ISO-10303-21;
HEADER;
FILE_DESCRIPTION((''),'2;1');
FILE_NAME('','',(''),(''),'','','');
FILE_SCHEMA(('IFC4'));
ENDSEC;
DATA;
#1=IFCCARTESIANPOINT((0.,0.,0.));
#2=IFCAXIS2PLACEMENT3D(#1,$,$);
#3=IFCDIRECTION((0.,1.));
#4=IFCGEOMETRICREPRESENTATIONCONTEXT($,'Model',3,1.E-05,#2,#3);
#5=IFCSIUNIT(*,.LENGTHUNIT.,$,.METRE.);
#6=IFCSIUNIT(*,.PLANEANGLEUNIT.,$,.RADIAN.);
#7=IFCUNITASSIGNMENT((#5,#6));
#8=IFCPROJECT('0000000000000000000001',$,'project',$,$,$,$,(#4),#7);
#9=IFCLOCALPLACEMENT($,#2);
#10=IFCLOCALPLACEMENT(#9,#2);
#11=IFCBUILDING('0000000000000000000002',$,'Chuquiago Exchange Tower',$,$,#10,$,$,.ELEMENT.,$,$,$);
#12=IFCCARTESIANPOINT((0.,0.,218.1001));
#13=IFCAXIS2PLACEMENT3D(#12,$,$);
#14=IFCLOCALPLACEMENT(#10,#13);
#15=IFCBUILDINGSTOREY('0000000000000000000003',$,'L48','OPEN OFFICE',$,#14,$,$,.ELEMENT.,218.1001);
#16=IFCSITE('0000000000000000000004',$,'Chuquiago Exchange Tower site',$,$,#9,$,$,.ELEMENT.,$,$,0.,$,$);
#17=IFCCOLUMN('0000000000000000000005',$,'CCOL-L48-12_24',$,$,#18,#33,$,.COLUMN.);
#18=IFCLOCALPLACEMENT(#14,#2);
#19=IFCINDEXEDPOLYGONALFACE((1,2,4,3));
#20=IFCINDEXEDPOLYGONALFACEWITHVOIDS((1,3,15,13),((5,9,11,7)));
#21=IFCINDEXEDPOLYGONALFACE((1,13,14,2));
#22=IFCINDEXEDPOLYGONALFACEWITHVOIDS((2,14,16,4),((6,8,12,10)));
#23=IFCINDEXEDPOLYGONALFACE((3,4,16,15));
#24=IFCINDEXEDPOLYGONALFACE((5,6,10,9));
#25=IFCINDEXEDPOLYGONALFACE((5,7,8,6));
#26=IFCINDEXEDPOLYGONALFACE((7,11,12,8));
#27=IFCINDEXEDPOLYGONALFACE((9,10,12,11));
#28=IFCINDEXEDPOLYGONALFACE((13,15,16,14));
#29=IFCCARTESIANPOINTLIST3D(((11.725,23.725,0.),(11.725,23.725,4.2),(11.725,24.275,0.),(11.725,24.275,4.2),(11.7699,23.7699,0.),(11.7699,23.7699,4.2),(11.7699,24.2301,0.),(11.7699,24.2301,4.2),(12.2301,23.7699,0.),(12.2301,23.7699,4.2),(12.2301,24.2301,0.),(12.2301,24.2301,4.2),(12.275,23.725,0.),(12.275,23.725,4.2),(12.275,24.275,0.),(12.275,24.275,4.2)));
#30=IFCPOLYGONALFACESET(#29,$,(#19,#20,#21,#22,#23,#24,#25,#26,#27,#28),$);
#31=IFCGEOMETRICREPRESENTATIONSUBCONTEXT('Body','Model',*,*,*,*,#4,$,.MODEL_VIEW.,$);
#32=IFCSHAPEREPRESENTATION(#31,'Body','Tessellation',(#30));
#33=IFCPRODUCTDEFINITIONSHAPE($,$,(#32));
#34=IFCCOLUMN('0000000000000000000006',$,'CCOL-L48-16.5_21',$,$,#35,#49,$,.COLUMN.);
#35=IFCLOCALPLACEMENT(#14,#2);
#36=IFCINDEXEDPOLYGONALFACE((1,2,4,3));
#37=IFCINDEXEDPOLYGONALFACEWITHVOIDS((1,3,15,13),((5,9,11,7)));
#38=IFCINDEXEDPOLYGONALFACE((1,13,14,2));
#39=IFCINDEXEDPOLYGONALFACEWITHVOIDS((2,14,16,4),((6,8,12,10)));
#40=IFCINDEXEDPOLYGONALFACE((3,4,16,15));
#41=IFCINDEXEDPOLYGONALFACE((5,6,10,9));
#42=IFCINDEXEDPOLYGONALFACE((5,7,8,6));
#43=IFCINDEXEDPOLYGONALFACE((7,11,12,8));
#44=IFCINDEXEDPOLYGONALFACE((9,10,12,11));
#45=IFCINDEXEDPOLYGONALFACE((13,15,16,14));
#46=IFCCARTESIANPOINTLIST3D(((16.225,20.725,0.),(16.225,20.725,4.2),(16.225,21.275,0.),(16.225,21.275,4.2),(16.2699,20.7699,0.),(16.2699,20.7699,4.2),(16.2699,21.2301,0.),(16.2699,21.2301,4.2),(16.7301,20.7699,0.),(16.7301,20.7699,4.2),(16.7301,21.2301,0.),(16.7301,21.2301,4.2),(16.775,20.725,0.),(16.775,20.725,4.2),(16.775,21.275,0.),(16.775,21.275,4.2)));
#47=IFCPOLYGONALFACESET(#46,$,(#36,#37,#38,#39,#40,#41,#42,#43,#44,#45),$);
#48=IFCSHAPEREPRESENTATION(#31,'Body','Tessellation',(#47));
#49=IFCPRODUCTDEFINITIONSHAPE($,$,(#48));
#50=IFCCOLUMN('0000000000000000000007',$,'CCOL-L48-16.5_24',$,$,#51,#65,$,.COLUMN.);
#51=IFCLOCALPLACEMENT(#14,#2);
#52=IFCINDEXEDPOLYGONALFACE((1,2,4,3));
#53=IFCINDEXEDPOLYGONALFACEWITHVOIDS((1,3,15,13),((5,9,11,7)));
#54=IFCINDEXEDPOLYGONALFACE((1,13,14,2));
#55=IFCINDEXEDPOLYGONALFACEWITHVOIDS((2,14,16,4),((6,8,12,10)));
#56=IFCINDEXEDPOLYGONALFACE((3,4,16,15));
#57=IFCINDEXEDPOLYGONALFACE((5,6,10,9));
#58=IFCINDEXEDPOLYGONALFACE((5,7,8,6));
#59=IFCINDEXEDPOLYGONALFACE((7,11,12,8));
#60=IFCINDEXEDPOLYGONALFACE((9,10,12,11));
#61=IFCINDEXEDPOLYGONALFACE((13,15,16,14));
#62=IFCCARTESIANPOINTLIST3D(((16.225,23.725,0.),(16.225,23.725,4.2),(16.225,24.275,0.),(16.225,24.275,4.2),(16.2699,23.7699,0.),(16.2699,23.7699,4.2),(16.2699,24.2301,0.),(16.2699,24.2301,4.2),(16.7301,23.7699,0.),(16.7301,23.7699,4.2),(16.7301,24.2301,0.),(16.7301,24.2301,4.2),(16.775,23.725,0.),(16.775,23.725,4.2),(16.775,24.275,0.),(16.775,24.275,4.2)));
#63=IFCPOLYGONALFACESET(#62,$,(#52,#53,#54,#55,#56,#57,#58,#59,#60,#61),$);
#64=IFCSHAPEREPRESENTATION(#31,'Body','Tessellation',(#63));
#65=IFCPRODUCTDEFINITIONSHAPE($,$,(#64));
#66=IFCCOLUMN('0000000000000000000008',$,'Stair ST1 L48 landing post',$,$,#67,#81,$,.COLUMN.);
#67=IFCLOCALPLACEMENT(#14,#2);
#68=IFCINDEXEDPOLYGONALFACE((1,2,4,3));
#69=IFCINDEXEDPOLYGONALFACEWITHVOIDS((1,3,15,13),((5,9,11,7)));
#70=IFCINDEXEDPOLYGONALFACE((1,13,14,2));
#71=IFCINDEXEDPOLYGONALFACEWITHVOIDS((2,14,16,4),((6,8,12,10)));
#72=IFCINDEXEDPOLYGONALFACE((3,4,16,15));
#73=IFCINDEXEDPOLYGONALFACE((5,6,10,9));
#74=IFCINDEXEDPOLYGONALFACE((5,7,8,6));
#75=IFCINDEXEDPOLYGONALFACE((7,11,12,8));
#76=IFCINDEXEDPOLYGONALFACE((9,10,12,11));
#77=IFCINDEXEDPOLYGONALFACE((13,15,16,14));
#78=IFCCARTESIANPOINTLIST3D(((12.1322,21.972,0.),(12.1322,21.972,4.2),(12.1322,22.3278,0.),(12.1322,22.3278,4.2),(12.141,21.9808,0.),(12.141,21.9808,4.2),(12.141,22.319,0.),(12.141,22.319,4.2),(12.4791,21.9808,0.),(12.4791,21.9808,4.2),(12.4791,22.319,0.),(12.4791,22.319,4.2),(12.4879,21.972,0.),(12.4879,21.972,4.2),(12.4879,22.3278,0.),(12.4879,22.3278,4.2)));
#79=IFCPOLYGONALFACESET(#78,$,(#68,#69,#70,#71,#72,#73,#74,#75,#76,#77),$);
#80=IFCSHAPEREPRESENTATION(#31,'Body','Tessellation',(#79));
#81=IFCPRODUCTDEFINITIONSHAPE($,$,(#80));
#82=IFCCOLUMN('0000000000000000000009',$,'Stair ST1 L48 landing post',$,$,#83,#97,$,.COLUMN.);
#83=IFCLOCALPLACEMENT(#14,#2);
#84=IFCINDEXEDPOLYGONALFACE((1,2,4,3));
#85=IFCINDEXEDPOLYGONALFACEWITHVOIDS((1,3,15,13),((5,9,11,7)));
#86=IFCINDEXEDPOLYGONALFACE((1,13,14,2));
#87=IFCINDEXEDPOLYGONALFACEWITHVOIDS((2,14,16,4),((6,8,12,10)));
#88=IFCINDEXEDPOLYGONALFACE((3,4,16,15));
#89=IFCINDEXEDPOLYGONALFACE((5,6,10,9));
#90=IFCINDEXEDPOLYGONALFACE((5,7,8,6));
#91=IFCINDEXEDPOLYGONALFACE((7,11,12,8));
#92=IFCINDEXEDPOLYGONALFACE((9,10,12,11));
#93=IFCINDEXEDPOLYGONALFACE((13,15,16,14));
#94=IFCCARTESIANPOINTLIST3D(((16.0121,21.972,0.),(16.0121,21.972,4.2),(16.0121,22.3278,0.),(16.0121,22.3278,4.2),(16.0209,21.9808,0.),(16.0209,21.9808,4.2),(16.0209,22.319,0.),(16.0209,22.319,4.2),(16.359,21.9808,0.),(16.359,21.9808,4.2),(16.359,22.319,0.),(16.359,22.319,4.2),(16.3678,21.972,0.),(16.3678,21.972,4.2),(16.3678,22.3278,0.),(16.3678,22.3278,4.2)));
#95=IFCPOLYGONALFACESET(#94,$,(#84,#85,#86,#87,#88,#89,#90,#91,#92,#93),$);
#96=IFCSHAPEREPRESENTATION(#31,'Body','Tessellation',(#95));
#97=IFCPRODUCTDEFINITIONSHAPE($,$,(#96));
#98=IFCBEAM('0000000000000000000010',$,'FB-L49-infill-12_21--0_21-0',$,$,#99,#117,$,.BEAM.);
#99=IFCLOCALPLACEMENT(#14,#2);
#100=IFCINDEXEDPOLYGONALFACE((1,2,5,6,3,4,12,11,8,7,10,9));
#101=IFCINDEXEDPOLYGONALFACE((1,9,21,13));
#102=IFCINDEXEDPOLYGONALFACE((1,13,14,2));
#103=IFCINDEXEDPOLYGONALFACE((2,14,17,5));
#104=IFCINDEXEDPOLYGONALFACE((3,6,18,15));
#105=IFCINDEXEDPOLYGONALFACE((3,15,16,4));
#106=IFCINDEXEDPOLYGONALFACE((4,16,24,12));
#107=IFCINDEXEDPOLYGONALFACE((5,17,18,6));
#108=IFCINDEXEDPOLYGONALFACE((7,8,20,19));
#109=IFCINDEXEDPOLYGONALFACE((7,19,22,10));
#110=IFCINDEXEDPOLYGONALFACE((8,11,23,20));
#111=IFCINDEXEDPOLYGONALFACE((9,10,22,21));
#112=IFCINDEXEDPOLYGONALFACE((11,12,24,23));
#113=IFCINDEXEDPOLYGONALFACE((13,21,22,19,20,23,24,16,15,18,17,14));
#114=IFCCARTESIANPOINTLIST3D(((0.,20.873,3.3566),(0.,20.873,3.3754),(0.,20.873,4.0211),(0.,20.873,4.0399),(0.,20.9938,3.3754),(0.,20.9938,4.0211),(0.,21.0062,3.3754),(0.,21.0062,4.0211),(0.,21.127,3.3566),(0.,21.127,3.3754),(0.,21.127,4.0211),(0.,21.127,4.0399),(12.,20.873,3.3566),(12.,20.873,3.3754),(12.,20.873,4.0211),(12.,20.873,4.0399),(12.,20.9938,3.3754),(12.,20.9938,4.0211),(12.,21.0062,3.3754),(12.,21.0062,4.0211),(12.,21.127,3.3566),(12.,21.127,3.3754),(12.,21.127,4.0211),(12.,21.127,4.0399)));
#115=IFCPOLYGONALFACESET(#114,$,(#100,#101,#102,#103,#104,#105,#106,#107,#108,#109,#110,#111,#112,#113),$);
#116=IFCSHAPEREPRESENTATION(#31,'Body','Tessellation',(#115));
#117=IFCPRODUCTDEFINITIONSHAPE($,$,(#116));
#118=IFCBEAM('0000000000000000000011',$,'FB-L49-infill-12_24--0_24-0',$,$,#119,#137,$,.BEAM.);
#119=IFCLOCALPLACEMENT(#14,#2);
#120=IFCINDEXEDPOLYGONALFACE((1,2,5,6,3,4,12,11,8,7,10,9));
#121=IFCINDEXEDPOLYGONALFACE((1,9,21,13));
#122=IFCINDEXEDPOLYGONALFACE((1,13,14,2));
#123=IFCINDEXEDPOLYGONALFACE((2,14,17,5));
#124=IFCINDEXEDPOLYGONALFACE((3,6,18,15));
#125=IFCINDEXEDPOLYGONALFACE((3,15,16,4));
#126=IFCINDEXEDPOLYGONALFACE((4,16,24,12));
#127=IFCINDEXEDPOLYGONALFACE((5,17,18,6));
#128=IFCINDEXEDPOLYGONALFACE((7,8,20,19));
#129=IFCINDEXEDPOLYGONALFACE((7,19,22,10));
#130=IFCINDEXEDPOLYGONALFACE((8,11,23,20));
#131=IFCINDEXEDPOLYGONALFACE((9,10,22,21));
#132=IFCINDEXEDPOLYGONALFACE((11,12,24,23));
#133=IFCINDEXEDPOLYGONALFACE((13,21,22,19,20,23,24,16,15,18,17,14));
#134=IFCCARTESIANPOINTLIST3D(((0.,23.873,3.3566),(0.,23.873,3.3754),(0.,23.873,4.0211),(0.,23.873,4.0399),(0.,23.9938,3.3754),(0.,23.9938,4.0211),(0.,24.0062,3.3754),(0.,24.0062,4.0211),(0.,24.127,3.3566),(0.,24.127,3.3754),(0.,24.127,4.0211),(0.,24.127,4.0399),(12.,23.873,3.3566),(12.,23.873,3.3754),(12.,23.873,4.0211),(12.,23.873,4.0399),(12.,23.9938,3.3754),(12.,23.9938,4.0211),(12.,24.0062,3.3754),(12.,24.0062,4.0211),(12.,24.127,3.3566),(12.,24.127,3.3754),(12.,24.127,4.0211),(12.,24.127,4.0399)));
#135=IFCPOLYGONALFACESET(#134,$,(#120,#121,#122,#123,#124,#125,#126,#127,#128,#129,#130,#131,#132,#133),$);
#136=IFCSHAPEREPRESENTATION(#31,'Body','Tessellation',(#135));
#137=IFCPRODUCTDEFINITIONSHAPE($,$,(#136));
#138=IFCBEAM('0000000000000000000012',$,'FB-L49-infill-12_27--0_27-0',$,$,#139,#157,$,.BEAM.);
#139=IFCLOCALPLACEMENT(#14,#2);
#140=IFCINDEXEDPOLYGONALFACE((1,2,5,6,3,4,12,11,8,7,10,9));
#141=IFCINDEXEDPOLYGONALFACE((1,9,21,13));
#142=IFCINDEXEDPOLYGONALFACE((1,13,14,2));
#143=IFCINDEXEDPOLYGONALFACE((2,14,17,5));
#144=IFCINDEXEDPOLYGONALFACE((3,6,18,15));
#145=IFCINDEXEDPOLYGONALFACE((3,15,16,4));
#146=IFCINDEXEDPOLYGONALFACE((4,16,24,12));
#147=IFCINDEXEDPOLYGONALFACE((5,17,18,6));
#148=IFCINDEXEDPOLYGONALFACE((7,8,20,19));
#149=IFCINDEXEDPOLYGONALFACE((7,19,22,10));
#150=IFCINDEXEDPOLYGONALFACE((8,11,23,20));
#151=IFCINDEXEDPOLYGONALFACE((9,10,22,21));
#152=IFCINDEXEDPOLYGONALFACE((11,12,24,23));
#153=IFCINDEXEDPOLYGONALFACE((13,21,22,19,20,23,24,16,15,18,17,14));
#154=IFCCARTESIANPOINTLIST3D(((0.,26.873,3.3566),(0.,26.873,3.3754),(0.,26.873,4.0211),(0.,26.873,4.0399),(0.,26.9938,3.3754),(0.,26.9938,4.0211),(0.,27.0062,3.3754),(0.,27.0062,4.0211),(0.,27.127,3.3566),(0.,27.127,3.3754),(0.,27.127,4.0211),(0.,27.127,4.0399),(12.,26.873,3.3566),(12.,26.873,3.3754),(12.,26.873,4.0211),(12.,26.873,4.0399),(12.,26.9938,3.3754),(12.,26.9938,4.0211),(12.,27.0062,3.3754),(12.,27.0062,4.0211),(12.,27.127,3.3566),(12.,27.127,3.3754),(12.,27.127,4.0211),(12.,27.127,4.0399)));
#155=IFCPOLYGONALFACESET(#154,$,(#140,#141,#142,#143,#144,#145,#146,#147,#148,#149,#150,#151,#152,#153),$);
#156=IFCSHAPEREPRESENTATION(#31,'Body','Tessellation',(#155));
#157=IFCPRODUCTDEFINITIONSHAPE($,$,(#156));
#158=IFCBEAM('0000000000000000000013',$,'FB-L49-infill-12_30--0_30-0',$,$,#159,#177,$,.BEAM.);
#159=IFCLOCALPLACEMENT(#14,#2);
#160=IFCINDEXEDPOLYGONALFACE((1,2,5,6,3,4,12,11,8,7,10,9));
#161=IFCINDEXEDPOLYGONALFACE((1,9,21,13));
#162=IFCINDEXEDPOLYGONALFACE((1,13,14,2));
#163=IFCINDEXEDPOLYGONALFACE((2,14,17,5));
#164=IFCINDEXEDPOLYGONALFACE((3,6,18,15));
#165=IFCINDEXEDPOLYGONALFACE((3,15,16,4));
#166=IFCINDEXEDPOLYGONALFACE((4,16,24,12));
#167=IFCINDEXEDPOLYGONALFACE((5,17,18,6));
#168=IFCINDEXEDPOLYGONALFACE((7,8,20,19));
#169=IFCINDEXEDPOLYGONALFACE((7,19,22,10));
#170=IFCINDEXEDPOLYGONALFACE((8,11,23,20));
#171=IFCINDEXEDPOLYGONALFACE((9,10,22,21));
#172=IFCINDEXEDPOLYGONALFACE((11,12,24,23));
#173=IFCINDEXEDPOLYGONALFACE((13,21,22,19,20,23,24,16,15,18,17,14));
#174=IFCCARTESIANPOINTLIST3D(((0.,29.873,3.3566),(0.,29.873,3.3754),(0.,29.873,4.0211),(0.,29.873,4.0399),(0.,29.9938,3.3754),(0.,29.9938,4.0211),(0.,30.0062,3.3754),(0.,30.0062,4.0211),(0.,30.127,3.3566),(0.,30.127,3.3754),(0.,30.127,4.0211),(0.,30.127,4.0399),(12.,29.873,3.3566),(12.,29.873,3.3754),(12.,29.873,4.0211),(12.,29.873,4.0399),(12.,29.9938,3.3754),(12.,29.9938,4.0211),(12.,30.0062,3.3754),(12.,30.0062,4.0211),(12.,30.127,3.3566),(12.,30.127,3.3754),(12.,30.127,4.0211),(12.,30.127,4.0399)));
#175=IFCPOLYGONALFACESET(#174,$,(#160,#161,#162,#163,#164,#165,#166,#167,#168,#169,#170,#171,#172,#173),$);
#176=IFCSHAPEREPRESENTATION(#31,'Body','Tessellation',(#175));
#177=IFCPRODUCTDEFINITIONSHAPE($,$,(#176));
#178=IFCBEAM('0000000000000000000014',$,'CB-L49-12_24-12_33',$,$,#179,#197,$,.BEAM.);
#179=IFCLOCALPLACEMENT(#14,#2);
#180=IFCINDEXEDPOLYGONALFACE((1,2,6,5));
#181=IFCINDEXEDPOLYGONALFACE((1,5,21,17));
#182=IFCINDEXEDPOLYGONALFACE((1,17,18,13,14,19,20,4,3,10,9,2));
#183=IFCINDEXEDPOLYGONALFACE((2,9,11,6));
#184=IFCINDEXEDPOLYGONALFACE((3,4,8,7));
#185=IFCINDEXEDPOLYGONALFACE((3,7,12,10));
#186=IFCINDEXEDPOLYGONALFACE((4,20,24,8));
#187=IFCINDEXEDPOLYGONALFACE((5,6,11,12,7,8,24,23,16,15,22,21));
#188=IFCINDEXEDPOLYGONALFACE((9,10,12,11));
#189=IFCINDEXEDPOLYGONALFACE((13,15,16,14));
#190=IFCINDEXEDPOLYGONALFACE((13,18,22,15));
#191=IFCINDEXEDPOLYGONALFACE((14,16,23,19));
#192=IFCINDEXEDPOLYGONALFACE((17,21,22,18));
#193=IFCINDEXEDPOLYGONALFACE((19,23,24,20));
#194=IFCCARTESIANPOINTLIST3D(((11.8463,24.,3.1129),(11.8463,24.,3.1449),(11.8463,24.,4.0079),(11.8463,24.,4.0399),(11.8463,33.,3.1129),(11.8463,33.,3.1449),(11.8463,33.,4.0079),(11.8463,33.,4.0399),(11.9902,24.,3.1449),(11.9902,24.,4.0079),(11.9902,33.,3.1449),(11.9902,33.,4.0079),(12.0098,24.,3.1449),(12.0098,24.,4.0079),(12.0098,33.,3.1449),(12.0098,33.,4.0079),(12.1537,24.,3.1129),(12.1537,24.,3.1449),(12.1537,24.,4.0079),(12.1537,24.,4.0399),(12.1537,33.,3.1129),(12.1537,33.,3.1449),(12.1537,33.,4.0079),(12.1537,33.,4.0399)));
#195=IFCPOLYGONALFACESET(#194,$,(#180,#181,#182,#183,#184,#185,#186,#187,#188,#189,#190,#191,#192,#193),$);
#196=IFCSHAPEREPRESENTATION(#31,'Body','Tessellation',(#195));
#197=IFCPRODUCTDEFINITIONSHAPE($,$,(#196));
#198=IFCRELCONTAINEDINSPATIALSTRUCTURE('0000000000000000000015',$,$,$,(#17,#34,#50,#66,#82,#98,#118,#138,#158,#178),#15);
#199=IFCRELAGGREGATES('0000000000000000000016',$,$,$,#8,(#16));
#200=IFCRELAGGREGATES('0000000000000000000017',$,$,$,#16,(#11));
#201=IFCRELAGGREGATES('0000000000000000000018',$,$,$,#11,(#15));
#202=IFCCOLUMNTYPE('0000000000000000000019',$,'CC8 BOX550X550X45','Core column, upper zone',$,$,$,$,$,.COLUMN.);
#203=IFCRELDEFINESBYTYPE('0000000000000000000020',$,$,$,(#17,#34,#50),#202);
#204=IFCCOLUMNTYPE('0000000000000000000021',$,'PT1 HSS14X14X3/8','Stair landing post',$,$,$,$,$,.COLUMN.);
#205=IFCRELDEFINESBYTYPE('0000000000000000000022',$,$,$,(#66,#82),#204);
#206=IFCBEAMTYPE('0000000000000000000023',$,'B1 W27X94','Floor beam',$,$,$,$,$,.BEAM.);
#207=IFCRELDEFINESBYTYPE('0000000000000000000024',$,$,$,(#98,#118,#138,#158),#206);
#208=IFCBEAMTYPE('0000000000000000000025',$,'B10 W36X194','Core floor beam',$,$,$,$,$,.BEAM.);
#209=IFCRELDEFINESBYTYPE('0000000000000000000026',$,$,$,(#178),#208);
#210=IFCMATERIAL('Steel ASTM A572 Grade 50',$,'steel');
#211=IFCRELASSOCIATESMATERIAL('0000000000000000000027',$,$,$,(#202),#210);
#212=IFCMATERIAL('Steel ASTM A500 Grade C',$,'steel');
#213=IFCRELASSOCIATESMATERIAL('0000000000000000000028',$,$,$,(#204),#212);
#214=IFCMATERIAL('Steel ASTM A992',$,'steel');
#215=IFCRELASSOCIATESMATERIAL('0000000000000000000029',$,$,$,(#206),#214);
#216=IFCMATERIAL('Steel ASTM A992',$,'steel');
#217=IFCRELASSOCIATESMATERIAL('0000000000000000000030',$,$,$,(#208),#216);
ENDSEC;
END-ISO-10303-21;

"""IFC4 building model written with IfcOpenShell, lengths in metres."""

from ifc_helpers import new_model, si_unit, direction, frame, origin, origin_2d, place, context, subcontext, project, spatial, hollow_rectangle, i_section, extrude, material, material_profile, profile_set, type_object, element, save


model = new_model("IFC4")

# Units and contexts
model_context = context("Model", 3, precision=1e-05, world=origin(), true_north=direction((0.0, 1.0)))
body_context = subcontext(model_context, "Body", "Model", "MODEL_VIEW")
ifc_project = project(units=[si_unit("LENGTHUNIT", "METRE"), si_unit("PLANEANGLEUNIT", "RADIAN")], contexts=[model_context])

# Site, building, storey
site_placement = place(None, origin())
site = spatial("IfcSite", under=ifc_project, at=site_placement, Name="Chuquiago Exchange Tower site", CompositionType="ELEMENT", RefElevation=0.0)
building_placement = place(site_placement, origin())
building = spatial("IfcBuilding", under=site, at=building_placement, Name="Chuquiago Exchange Tower", CompositionType="ELEMENT")
storey_placement = place(building_placement, frame((0.0, 0.0, 218.1001)))
storey = spatial("IfcBuildingStorey", under=building, at=storey_placement, Name="L48", Description="OPEN OFFICE", CompositionType="ELEMENT", Elevation=218.1001)

# Columns
ifc_material_1 = material(Name="Steel ASTM A572 Grade 50", Category="steel")
ifc_material_profile_1 = material_profile(ifc_material_1, hollow_rectangle(XDim=0.55, YDim=0.55, WallThickness=0.0449, at=origin_2d()), Name="BOX550X550X45")
ifc_profile_set_1 = profile_set([ifc_material_profile_1], Name="Steel ASTM A572 Grade 50")
column_type_1 = type_object("IfcColumnType", Name="CC8 BOX550X550X45", Description="Core column, upper zone", PredefinedType="COLUMN", material=ifc_profile_set_1)
for number, where, z_axis, x_axis, name in (
    (1, (12.0, 24.0, 0.0), (0.0, 0.0, 1.0), (1.0, 0.0, 0.0), "CCOL-L48-12_24"),
    (2, (16.5, 21.0, 0.0), (0.0, 0.0, 1.0), (1.0, 0.0, 0.0), "CCOL-L48-16.5_21"),
    (3, (16.5, 24.0, 0.0), (0.0, 0.0, 1.0), (1.0, 0.0, 0.0), "CCOL-L48-16.5_24"),
):
    element("IfcColumn", number, at=place(storey_placement, frame(where, z_axis=z_axis, x_axis=x_axis)), inside=storey, type_object=column_type_1, Name=name, PredefinedType="COLUMN", context=body_context, shape_type="SweptSolid", body=[
        extrude(hollow_rectangle(XDim=0.55, YDim=0.55, WallThickness=0.0449, at=origin_2d()), origin(), (0.0, 0.0, 1.0), 4.2),
    ])
ifc_material_2 = material(Name="Steel ASTM A500 Grade C", Category="steel")
ifc_material_profile_2 = material_profile(ifc_material_2, hollow_rectangle(XDim=0.3557, YDim=0.3557, WallThickness=0.0088, at=origin_2d()), Name="HSS14X14X3/8")
ifc_profile_set_2 = profile_set([ifc_material_profile_2], Name="Steel ASTM A500 Grade C")
column_type_2 = type_object("IfcColumnType", Name="PT1 HSS14X14X3/8", Description="Stair landing post", PredefinedType="COLUMN", material=ifc_profile_set_2)
for number, where, z_axis, x_axis, name in (
    (4, (12.3101, 22.1499, 0.0), (0.0, 0.0, 1.0), (1.0, 0.0, 0.0), "Stair ST1 L48 landing post"),
    (5, (16.1899, 22.1499, 0.0), (0.0, 0.0, 1.0), (1.0, 0.0, 0.0), "Stair ST1 L48 landing post"),
):
    element("IfcColumn", number, at=place(storey_placement, frame(where, z_axis=z_axis, x_axis=x_axis)), inside=storey, type_object=column_type_2, Name=name, PredefinedType="COLUMN", context=body_context, shape_type="SweptSolid", body=[
        extrude(hollow_rectangle(XDim=0.3557, YDim=0.3557, WallThickness=0.0088, at=origin_2d()), origin(), (0.0, 0.0, 1.0), 4.2),
    ])

# Beams
ifc_material_3 = material(Name="Steel ASTM A992", Category="steel")
ifc_material_profile_3 = material_profile(ifc_material_3, i_section(OverallWidth=0.2539, OverallDepth=0.6833, WebThickness=0.0125, FlangeThickness=0.0188, at=origin_2d()), Name="W27X94")
ifc_profile_set_3 = profile_set([ifc_material_profile_3], Name="Steel ASTM A992")
beam_type_1 = type_object("IfcBeamType", Name="B1 W27X94", Description="Floor beam", PredefinedType="BEAM", material=ifc_profile_set_3)
for number, where, z_axis, x_axis, name in (
    (6, (12.0, 21.0, 3.6982), (-1.0, 0.0, 0.0), (0.0, -1.0, 0.0), "FB-L49-infill-12_21--0_21-0"),
    (7, (12.0, 24.0, 3.6982), (-1.0, 0.0, 0.0), (0.0, -1.0, 0.0), "FB-L49-infill-12_24--0_24-0"),
    (8, (12.0, 27.0, 3.6982), (-1.0, 0.0, 0.0), (0.0, -1.0, 0.0), "FB-L49-infill-12_27--0_27-0"),
    (9, (12.0, 30.0, 3.6982), (-1.0, 0.0, 0.0), (0.0, -1.0, 0.0), "FB-L49-infill-12_30--0_30-0"),
):
    element("IfcBeam", number, at=place(storey_placement, frame(where, z_axis=z_axis, x_axis=x_axis)), inside=storey, type_object=beam_type_1, Name=name, PredefinedType="BEAM", context=body_context, shape_type="SweptSolid", body=[
        extrude(i_section(OverallWidth=0.2539, OverallDepth=0.6833, WebThickness=0.0125, FlangeThickness=0.0188, at=origin_2d()), origin(), (0.0, 0.0, 1.0), 12.0),
    ])
ifc_material_4 = material(Name="Steel ASTM A992", Category="steel")
ifc_material_profile_4 = material_profile(ifc_material_4, i_section(OverallWidth=0.3074, OverallDepth=0.927, WebThickness=0.0195, FlangeThickness=0.032, at=origin_2d()), Name="W36X194")
ifc_profile_set_4 = profile_set([ifc_material_profile_4], Name="Steel ASTM A992")
beam_type_2 = type_object("IfcBeamType", Name="B10 W36X194", Description="Core floor beam", PredefinedType="BEAM", material=ifc_profile_set_4)
for number, where, z_axis, x_axis, name in (
    (10, (12.0, 24.0, 3.5764), (0.0, 1.0, 0.0), (-1.0, 0.0, 0.0), "CB-L49-12_24-12_33"),
):
    element("IfcBeam", number, at=place(storey_placement, frame(where, z_axis=z_axis, x_axis=x_axis)), inside=storey, type_object=beam_type_2, Name=name, PredefinedType="BEAM", context=body_context, shape_type="SweptSolid", body=[
        extrude(i_section(OverallWidth=0.3074, OverallDepth=0.927, WebThickness=0.0195, FlangeThickness=0.032, at=origin_2d()), origin(), (0.0, 0.0, 1.0), 9.0),
    ])

save(model, "model.ifc")
